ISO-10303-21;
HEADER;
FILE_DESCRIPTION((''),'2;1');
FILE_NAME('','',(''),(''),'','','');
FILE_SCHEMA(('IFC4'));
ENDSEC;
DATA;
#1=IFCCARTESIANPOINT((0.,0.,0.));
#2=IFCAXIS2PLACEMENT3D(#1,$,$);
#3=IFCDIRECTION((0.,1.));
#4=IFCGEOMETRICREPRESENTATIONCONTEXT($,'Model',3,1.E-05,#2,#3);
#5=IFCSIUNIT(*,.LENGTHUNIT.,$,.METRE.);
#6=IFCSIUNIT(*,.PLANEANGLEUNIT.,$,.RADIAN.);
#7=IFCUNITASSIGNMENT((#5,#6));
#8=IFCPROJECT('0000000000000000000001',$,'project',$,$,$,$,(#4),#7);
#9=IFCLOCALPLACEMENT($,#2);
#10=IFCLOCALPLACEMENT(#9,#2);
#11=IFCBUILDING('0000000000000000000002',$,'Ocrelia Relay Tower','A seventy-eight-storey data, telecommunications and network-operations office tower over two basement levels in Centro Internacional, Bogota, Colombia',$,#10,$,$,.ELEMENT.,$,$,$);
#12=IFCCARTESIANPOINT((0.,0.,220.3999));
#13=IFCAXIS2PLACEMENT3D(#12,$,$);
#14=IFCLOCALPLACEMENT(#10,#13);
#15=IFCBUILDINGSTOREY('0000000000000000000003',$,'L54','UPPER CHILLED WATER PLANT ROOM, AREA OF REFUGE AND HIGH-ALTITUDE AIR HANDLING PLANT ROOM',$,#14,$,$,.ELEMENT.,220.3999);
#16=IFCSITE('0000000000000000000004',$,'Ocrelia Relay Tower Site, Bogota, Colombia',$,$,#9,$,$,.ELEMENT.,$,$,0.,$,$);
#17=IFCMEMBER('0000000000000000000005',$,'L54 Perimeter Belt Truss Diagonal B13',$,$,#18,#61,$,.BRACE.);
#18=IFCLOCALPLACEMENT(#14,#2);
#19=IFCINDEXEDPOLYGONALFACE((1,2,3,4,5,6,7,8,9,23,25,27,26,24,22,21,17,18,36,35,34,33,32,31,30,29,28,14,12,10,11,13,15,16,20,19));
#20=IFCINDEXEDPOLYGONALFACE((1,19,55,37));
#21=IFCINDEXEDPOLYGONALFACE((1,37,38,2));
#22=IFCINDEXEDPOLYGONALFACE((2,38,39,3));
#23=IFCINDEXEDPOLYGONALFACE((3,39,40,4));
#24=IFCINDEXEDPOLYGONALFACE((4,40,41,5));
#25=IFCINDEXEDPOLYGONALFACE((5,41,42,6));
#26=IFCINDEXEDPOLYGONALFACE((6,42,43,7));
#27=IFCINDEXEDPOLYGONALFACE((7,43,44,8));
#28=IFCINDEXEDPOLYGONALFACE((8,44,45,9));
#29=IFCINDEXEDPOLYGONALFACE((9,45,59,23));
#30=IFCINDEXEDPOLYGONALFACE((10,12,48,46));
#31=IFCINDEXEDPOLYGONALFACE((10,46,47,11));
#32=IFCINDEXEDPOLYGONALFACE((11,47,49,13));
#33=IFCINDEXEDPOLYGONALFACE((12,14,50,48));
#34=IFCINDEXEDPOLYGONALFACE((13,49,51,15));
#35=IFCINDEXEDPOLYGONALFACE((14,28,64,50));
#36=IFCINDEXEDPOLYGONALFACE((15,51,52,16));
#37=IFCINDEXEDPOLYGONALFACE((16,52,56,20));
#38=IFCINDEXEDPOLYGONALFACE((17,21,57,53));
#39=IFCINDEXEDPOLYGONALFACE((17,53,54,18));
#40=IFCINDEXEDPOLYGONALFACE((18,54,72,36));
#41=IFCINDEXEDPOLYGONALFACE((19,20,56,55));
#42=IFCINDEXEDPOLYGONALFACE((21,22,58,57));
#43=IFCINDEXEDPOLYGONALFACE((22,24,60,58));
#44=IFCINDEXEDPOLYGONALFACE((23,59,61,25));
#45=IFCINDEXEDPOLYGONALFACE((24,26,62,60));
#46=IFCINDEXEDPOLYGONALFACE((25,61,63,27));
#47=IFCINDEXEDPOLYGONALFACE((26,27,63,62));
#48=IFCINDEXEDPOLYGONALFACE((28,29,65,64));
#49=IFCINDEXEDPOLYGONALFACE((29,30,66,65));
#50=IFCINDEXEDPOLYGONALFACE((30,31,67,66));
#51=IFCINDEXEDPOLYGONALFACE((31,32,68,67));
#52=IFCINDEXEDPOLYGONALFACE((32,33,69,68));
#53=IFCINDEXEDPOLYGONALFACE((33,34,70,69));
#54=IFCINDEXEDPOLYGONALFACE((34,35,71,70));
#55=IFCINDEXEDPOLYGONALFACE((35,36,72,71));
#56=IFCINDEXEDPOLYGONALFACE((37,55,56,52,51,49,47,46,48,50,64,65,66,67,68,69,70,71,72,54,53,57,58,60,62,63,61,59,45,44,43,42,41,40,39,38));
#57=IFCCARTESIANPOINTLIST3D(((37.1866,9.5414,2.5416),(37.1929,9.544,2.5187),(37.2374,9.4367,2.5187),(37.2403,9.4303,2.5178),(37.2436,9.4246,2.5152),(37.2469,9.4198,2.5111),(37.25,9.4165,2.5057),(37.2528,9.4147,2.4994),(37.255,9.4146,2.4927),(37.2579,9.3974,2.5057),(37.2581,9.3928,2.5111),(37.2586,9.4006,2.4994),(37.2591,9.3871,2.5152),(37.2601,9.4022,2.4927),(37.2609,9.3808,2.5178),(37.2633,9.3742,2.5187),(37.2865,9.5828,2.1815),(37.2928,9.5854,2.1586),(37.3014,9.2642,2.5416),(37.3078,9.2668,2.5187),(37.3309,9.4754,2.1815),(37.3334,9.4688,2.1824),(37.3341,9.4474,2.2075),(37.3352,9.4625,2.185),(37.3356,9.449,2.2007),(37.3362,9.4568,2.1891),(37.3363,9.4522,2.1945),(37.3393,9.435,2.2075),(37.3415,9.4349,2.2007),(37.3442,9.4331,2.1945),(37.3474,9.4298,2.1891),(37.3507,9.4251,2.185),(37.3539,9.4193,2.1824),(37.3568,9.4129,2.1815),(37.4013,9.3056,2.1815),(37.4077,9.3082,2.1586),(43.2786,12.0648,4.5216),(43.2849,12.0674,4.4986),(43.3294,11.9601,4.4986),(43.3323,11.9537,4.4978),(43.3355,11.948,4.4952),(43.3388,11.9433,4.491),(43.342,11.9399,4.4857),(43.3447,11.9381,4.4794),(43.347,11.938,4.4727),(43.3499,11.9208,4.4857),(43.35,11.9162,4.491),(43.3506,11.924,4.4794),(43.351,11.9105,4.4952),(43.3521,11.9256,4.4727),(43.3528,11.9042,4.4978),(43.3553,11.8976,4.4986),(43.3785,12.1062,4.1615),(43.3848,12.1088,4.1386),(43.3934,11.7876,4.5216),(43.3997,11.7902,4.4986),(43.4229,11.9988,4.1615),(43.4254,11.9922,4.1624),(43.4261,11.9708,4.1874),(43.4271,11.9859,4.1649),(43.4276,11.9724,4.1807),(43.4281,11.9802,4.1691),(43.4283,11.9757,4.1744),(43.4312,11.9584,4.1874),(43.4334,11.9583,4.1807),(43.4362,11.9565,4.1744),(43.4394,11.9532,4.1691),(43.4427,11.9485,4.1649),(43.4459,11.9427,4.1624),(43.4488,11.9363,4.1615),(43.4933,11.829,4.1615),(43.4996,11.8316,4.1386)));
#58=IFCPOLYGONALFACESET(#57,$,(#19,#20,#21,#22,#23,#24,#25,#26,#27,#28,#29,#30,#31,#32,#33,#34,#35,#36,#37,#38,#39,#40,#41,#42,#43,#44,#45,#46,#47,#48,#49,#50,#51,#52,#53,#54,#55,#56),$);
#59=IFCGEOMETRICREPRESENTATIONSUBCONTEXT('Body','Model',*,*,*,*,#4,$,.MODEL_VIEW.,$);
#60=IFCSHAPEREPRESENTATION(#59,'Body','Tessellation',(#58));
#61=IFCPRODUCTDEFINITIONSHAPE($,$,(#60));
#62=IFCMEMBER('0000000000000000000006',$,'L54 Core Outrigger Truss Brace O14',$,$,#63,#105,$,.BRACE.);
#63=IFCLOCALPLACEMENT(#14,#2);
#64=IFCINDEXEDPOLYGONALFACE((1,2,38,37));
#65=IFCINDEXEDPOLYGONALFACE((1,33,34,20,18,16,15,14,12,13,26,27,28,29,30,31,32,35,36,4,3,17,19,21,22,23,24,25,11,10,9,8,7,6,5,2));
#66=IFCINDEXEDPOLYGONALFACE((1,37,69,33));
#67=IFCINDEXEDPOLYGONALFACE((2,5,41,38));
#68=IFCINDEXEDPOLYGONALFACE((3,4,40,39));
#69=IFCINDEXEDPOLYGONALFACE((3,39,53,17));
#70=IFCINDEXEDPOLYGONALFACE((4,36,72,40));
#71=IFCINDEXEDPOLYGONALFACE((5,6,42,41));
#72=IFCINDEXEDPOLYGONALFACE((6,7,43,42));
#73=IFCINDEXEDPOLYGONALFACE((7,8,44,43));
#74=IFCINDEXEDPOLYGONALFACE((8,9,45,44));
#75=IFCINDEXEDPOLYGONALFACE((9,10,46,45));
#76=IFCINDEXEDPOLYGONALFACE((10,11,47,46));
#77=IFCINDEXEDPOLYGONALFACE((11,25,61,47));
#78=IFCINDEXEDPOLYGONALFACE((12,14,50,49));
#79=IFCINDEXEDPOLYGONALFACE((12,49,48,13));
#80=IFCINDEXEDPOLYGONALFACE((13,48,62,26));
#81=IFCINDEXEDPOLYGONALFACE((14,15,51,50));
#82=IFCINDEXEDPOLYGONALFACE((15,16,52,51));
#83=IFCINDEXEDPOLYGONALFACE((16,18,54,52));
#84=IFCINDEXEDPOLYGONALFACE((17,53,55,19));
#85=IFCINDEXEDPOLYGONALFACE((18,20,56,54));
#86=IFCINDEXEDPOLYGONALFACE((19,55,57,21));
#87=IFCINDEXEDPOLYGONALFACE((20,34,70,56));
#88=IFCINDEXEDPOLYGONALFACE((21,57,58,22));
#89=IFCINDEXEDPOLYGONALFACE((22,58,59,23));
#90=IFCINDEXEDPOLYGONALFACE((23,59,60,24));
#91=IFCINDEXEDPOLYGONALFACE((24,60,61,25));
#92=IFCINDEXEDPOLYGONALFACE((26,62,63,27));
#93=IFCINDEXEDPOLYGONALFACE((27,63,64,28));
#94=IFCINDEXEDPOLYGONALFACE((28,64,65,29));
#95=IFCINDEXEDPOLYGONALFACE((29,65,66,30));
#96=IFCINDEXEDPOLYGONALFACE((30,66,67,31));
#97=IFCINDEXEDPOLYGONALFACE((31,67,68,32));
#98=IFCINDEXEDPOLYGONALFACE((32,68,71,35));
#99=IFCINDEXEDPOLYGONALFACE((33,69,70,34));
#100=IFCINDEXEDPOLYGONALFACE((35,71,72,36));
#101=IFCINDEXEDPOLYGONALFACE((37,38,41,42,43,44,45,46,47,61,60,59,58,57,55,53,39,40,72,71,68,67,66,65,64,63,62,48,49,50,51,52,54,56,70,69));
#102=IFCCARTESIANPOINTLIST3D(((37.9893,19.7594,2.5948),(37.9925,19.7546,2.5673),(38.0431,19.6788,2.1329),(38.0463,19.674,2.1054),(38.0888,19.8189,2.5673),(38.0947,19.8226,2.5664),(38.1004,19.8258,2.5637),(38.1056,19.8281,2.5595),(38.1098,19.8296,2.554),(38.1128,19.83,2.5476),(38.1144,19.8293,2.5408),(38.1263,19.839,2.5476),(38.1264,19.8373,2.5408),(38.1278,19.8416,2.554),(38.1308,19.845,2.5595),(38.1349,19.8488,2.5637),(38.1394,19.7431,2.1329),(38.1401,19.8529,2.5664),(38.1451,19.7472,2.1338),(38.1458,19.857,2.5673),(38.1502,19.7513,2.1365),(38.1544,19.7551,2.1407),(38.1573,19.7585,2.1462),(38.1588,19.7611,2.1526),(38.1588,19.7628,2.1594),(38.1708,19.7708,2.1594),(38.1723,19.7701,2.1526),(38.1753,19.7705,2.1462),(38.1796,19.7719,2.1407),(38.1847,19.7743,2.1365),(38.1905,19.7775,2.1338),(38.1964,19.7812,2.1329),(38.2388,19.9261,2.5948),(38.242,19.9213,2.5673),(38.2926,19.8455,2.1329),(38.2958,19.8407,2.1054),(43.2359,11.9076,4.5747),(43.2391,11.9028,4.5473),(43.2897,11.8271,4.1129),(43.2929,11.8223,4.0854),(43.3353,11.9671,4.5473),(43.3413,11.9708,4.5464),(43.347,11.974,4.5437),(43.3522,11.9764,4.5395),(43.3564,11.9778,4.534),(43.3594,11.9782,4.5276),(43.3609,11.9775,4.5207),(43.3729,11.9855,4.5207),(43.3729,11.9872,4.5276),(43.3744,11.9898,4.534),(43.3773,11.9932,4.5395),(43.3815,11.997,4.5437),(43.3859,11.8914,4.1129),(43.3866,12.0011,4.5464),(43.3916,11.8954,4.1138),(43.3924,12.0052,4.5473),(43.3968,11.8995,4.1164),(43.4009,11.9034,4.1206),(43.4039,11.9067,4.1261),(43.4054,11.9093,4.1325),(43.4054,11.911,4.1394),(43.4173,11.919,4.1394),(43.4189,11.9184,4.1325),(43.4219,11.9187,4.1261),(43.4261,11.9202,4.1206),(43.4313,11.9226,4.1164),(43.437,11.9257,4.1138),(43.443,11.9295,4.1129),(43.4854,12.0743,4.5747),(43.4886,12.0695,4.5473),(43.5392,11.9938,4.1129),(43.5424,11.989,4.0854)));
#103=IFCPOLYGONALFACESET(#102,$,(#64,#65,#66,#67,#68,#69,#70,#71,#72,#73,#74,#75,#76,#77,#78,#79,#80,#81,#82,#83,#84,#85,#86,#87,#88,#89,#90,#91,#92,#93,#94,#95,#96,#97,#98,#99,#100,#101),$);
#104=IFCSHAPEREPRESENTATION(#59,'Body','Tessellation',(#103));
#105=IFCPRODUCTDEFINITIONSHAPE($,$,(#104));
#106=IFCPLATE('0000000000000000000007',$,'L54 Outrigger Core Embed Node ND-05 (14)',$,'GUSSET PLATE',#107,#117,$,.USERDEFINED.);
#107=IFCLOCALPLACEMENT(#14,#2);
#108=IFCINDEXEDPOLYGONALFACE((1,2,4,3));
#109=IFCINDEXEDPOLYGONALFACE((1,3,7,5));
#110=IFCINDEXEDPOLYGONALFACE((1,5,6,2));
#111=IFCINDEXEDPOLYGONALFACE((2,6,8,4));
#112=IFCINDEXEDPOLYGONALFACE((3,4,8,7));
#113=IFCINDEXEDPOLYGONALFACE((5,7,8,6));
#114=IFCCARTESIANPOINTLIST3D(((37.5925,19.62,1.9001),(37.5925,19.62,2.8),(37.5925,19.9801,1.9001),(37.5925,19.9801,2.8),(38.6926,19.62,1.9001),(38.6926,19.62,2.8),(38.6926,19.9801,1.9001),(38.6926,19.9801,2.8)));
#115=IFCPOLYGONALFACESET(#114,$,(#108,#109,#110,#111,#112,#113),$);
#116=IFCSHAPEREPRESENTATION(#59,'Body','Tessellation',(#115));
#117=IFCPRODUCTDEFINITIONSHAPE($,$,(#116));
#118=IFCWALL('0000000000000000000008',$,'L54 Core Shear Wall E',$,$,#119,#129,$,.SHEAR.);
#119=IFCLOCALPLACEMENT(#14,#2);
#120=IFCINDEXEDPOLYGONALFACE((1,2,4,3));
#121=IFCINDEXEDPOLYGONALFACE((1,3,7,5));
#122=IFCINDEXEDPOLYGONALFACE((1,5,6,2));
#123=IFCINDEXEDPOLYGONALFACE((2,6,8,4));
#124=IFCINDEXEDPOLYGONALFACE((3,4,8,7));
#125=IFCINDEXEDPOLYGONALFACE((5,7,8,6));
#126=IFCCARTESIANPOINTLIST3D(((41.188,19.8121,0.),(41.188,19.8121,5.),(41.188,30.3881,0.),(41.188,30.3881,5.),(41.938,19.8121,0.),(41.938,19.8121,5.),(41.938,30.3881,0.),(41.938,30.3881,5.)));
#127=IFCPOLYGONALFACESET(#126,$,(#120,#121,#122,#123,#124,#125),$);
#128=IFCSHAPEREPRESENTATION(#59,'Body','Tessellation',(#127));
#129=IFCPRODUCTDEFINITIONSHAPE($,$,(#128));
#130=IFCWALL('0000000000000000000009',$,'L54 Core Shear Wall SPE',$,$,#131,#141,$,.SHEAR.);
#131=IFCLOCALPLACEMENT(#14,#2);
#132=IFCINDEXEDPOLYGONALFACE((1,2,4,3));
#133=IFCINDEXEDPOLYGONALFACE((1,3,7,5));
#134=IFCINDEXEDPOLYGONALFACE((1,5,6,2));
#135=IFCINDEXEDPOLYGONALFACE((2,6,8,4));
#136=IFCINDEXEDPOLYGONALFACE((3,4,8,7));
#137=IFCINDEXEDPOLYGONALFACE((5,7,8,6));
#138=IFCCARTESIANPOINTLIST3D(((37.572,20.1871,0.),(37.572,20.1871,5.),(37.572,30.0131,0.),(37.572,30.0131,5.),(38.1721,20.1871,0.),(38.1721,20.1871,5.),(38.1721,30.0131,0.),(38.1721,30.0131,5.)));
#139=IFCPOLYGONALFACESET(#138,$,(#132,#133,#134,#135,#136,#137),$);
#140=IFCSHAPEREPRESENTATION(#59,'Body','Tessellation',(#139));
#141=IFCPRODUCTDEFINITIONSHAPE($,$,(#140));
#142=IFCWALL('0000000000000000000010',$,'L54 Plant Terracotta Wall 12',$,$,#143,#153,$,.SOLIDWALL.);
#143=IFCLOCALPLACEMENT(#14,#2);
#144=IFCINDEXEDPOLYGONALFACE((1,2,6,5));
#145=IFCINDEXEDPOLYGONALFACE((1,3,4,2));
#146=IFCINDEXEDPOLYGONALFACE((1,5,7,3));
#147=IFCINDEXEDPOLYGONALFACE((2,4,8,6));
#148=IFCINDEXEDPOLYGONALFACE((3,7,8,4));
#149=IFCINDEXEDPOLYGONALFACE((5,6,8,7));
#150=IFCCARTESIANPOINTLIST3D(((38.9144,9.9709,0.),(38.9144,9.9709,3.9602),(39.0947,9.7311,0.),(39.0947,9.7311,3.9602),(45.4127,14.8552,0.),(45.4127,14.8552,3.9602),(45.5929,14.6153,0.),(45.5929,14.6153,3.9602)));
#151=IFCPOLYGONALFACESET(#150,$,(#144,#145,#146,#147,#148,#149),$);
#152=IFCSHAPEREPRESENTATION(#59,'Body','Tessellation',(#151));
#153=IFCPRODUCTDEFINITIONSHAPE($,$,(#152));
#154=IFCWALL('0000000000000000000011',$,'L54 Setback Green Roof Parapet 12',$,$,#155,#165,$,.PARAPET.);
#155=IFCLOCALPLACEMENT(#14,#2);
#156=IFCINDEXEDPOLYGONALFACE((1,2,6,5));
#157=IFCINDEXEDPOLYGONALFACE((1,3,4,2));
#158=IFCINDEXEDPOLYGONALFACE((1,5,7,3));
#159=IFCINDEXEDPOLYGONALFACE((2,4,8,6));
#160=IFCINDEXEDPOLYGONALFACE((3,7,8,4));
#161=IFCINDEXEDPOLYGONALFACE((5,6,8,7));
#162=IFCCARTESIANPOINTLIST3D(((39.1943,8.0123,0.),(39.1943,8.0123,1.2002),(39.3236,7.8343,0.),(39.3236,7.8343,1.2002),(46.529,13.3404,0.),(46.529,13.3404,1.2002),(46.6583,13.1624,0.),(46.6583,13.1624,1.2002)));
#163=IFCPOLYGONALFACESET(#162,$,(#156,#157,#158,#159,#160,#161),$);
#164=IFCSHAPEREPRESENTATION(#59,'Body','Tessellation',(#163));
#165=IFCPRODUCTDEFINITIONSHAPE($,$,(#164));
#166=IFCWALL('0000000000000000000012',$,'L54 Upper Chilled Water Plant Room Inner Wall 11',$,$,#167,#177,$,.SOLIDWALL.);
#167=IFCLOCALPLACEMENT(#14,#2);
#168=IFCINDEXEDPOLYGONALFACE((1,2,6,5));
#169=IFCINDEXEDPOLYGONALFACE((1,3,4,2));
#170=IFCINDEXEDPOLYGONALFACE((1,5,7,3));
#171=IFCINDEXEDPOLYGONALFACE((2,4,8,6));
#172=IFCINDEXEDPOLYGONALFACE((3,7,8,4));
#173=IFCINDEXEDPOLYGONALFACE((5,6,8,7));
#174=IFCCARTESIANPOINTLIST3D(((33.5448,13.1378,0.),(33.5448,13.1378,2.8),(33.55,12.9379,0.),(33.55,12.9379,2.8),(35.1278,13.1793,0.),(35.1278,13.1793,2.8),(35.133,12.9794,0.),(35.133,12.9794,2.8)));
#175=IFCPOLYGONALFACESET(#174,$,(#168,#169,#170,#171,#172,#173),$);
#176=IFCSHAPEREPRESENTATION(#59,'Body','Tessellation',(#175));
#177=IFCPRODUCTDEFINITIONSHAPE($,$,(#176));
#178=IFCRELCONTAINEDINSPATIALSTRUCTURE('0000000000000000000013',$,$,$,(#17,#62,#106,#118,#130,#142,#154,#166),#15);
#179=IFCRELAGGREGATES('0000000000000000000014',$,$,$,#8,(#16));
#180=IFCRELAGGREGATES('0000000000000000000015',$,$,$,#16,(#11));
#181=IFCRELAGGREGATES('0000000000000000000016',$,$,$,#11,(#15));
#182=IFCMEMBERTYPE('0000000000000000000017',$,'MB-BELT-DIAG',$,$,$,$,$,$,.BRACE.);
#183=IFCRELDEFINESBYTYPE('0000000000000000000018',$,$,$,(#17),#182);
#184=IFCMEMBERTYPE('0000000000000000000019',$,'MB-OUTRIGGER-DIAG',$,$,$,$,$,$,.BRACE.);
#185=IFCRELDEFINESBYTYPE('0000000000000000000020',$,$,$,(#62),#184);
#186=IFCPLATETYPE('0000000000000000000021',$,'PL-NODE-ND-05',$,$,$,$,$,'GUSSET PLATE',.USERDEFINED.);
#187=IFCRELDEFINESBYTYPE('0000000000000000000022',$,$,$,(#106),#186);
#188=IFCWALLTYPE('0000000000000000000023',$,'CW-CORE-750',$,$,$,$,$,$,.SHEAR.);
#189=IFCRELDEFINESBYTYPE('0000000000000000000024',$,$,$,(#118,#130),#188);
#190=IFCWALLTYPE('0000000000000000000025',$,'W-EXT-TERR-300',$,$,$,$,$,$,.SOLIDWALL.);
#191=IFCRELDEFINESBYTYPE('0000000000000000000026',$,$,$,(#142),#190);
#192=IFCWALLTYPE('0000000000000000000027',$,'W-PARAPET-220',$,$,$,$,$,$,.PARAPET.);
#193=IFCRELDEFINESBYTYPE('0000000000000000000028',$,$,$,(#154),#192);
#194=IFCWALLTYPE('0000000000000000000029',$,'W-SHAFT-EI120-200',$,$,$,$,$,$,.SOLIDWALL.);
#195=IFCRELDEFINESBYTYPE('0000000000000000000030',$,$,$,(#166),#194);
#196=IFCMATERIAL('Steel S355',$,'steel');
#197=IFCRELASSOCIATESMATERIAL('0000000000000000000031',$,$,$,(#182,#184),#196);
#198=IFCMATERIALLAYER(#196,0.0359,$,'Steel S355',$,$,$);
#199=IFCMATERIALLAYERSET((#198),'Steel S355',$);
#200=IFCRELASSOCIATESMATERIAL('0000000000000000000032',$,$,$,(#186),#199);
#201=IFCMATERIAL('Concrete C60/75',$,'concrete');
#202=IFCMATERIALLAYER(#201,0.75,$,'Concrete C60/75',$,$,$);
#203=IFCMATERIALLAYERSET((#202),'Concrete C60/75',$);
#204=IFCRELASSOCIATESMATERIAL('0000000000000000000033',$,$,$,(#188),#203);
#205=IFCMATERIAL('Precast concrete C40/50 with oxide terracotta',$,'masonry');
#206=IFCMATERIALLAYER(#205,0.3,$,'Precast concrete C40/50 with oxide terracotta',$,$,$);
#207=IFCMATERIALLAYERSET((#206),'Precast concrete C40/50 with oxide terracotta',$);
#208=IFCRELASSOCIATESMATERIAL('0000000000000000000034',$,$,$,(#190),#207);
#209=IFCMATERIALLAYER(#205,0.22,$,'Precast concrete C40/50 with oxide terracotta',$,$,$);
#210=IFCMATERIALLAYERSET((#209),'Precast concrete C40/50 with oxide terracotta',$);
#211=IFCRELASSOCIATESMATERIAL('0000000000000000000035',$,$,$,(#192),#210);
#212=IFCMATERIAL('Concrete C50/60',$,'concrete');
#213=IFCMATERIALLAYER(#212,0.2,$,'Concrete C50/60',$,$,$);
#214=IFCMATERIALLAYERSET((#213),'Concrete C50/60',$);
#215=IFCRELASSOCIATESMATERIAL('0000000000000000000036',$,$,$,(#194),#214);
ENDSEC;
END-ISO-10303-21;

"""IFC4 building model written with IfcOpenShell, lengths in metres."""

from ifc_helpers import new_model, si_unit, direction, frame, frame_2d, origin, origin_2d, place, context, subcontext, project, spatial, rectangle, i_section, extrude, material, layer, layer_set, material_profile, profile_set, type_object, element, save


model = new_model("IFC4")

# Units and contexts
model_context = context("Model", 3, precision=1e-05, world=origin(), true_north=direction((0.0, 1.0)))
body_context = subcontext(model_context, "Body", "Model", "MODEL_VIEW")
ifc_project = project(units=[si_unit("LENGTHUNIT", "METRE"), si_unit("PLANEANGLEUNIT", "RADIAN")], contexts=[model_context])

# Site, building, storey
site_placement = place(None, origin())
site = spatial("IfcSite", under=ifc_project, at=site_placement, Name="Ocrelia Relay Tower Site, Bogota, Colombia", CompositionType="ELEMENT", RefElevation=0.0)
building_placement = place(site_placement, origin())
building = spatial("IfcBuilding", under=site, at=building_placement, Name="Ocrelia Relay Tower", Description="A seventy-eight-storey data, telecommunications and network-operations office tower over two basement levels in Centro Internacional, Bogota, Colombia", CompositionType="ELEMENT")
storey_placement = place(building_placement, frame((0.0, 0.0, 220.3999)))
storey = spatial("IfcBuildingStorey", under=building, at=storey_placement, Name="L54", Description="UPPER CHILLED WATER PLANT ROOM, AREA OF REFUGE AND HIGH-ALTITUDE AIR HANDLING PLANT ROOM", CompositionType="ELEMENT", Elevation=220.3999)

# Shared definitions
ifc_material_1 = material(Name="Concrete C60/75", Category="concrete")

# Shared definitions
ifc_material_2 = material(Name="Steel S355", Category="steel")

# Members
ifc_material_profile_1 = material_profile(ifc_material_2, i_section(OverallWidth=0.3, OverallDepth=0.3999, WebThickness=0.0134, FlangeThickness=0.0239, FilletRadius=0.0271, at=origin_2d()), Name="HEB 400")
ifc_profile_set_1 = profile_set([ifc_material_profile_1], Name="Steel S355")
member_type_1 = type_object("IfcMemberType", Name="MB-BELT-DIAG", PredefinedType="BRACE", material=ifc_profile_set_1)
member_1_placement = place(storey_placement, frame((37.2971, 9.4248, 2.3501), z_axis=(0.884849, 0.366521, 0.287586), x_axis=(-0.382688, 0.923878, 0.0)))
element("IfcMember", 1, at=member_1_placement, inside=storey, type_object=member_type_1, Name="L54 Perimeter Belt Truss Diagonal B13", PredefinedType="BRACE", context=body_context, shape_type="SweptSolid", body=[
    extrude(i_section(OverallWidth=0.3, OverallDepth=0.3999, WebThickness=0.0134, FlangeThickness=0.0239, FilletRadius=0.0271, at=origin_2d()), origin(), (0.0, 0.0, 1.0), 6.8848),
])
ifc_material_profile_2 = material_profile(ifc_material_2, i_section(OverallWidth=0.3, OverallDepth=0.5, WebThickness=0.0144, FlangeThickness=0.0281, FilletRadius=0.0271, at=origin_2d()), Name="HEB 500")
ifc_profile_set_2 = profile_set([ifc_material_profile_2], Name="Steel S355")
member_type_2 = type_object("IfcMemberType", Name="MB-OUTRIGGER-DIAG", PredefinedType="BRACE", material=ifc_profile_set_2)
member_2_placement = place(storey_placement, frame((38.1426, 19.8, 2.3501), z_axis=(0.543759, -0.813767, 0.205207), x_axis=(0.831461, 0.555583, 0.0)))
element("IfcMember", 2, at=member_2_placement, inside=storey, type_object=member_type_2, Name="L54 Core Outrigger Truss Brace O14", PredefinedType="BRACE", context=body_context, shape_type="SweptSolid", body=[
    extrude(i_section(OverallWidth=0.3, OverallDepth=0.5, WebThickness=0.0144, FlangeThickness=0.0281, FilletRadius=0.0271, at=origin_2d()), origin(), (0.0, 0.0, 1.0), 9.6487),
])

# Plate
ifc_layer_1 = layer(ifc_material_2, 0.0359, Name="Steel S355")
ifc_layer_set_1 = layer_set([ifc_layer_1], Name="Steel S355")
plate_type = type_object("IfcPlateType", Name="PL-NODE-ND-05", ElementType="GUSSET PLATE", PredefinedType="USERDEFINED", material=ifc_layer_set_1)
plate_placement = place(storey_placement, frame((38.1426, 19.8, 1.9001), z_axis=(0.0, 0.0, 1.0), x_axis=(1.0, 0.0, 0.0)))
element("IfcPlate", 3, at=plate_placement, inside=storey, type_object=plate_type, Name="L54 Outrigger Core Embed Node ND-05 (14)", ObjectType="GUSSET PLATE", PredefinedType="USERDEFINED", context=body_context, shape_type="SweptSolid", body=[
    extrude(rectangle(XDim=1.1001, YDim=0.3601, at=origin_2d()), origin(), (0.0, 0.0, 1.0), 0.8999),
])

# Walls
ifc_layer_2 = layer(ifc_material_1, 0.75, Name="Concrete C60/75")
ifc_layer_set_2 = layer_set([ifc_layer_2], Name="Concrete C60/75")
wall_type_1 = type_object("IfcWallType", Name="CW-CORE-750", PredefinedType="SHEAR", material=ifc_layer_set_2)
wall_1_placement = place(storey_placement, frame((41.563, 19.812, 0.0), z_axis=(0.0, 0.0, 1.0), x_axis=(0.0, 1.0, 0.0)))
element("IfcWall", 4, at=wall_1_placement, inside=storey, type_object=wall_type_1, Name="L54 Core Shear Wall E", PredefinedType="SHEAR", context=body_context, shape_type="SweptSolid", body=[
    extrude(rectangle(XDim=10.5759, YDim=0.75, at=frame_2d((5.2881, 0.0))), origin(), (0.0, 0.0, 1.0), 5.0),
])
wall_2_placement = place(storey_placement, frame((37.8721, 20.187, 0.0), z_axis=(0.0, 0.0, 1.0), x_axis=(0.0, 1.0, 0.0)))
element("IfcWall", 5, at=wall_2_placement, inside=storey, type_object=wall_type_1, Name="L54 Core Shear Wall SPE", PredefinedType="SHEAR", context=body_context, shape_type="SweptSolid", body=[
    extrude(rectangle(XDim=9.8259, YDim=0.6001, at=frame_2d((4.9131, 0.0))), origin(), (0.0, 0.0, 1.0), 5.0),
])
ifc_material_3 = material(Name="Precast concrete C40/50 with oxide terracotta", Category="masonry")
ifc_layer_3 = layer(ifc_material_3, 0.3, Name="Precast concrete C40/50 with oxide terracotta")
ifc_layer_set_3 = layer_set([ifc_layer_3], Name="Precast concrete C40/50 with oxide terracotta")
wall_type_2 = type_object("IfcWallType", Name="W-EXT-TERR-300", PredefinedType="SOLIDWALL", material=ifc_layer_set_3)
wall_3_placement = place(storey_placement, frame((39.0046, 9.8511, 0.0), z_axis=(0.0, 0.0, 1.0), x_axis=(0.799376, 0.600831, 0.0)))
element("IfcWall", 6, at=wall_3_placement, inside=storey, type_object=wall_type_2, Name="L54 Plant Terracotta Wall 12", PredefinedType="SOLIDWALL", context=body_context, shape_type="SweptSolid", body=[
    extrude(rectangle(XDim=8.1292, YDim=0.3, at=frame_2d((4.0645, 0.0))), origin(), (0.0, 0.0, 1.0), 3.9602),
])
ifc_layer_4 = layer(ifc_material_3, 0.22, Name="Precast concrete C40/50 with oxide terracotta")
ifc_layer_set_4 = layer_set([ifc_layer_4], Name="Precast concrete C40/50 with oxide terracotta")
wall_type_3 = type_object("IfcWallType", Name="W-PARAPET-220", PredefinedType="PARAPET", material=ifc_layer_set_4)
wall_4_placement = place(storey_placement, frame((39.259, 7.9233, 0.0), z_axis=(0.0, 0.0, 1.0), x_axis=(0.809062, 0.587723, 0.0)))
element("IfcWall", 7, at=wall_4_placement, inside=storey, type_object=wall_type_3, Name="L54 Setback Green Roof Parapet 12", PredefinedType="PARAPET", context=body_context, shape_type="SweptSolid", body=[
    extrude(rectangle(XDim=9.0657, YDim=0.22, at=frame_2d((4.5327, 0.0))), origin(), (0.0, 0.0, 1.0), 1.2002),
])
ifc_material_4 = material(Name="Concrete C50/60", Category="concrete")
ifc_layer_5 = layer(ifc_material_4, 0.2, Name="Concrete C50/60")
ifc_layer_set_5 = layer_set([ifc_layer_5], Name="Concrete C50/60")
wall_type_4 = type_object("IfcWallType", Name="W-SHAFT-EI120-200", PredefinedType="SOLIDWALL", material=ifc_layer_set_5)
wall_5_placement = place(storey_placement, frame((35.1304, 13.0793, 0.0), z_axis=(0.0, 0.0, 1.0), x_axis=(-0.999656, -0.026209, 0.0)))
element("IfcWall", 8, at=wall_5_placement, inside=storey, type_object=wall_type_4, Name="L54 Upper Chilled Water Plant Room Inner Wall 11", PredefinedType="SOLIDWALL", context=body_context, shape_type="SweptSolid", body=[
    extrude(rectangle(XDim=1.5835, YDim=0.2, at=frame_2d((0.7917, 0.0))), origin(), (0.0, 0.0, 1.0), 2.8),
])

save(model, "model.ifc")
